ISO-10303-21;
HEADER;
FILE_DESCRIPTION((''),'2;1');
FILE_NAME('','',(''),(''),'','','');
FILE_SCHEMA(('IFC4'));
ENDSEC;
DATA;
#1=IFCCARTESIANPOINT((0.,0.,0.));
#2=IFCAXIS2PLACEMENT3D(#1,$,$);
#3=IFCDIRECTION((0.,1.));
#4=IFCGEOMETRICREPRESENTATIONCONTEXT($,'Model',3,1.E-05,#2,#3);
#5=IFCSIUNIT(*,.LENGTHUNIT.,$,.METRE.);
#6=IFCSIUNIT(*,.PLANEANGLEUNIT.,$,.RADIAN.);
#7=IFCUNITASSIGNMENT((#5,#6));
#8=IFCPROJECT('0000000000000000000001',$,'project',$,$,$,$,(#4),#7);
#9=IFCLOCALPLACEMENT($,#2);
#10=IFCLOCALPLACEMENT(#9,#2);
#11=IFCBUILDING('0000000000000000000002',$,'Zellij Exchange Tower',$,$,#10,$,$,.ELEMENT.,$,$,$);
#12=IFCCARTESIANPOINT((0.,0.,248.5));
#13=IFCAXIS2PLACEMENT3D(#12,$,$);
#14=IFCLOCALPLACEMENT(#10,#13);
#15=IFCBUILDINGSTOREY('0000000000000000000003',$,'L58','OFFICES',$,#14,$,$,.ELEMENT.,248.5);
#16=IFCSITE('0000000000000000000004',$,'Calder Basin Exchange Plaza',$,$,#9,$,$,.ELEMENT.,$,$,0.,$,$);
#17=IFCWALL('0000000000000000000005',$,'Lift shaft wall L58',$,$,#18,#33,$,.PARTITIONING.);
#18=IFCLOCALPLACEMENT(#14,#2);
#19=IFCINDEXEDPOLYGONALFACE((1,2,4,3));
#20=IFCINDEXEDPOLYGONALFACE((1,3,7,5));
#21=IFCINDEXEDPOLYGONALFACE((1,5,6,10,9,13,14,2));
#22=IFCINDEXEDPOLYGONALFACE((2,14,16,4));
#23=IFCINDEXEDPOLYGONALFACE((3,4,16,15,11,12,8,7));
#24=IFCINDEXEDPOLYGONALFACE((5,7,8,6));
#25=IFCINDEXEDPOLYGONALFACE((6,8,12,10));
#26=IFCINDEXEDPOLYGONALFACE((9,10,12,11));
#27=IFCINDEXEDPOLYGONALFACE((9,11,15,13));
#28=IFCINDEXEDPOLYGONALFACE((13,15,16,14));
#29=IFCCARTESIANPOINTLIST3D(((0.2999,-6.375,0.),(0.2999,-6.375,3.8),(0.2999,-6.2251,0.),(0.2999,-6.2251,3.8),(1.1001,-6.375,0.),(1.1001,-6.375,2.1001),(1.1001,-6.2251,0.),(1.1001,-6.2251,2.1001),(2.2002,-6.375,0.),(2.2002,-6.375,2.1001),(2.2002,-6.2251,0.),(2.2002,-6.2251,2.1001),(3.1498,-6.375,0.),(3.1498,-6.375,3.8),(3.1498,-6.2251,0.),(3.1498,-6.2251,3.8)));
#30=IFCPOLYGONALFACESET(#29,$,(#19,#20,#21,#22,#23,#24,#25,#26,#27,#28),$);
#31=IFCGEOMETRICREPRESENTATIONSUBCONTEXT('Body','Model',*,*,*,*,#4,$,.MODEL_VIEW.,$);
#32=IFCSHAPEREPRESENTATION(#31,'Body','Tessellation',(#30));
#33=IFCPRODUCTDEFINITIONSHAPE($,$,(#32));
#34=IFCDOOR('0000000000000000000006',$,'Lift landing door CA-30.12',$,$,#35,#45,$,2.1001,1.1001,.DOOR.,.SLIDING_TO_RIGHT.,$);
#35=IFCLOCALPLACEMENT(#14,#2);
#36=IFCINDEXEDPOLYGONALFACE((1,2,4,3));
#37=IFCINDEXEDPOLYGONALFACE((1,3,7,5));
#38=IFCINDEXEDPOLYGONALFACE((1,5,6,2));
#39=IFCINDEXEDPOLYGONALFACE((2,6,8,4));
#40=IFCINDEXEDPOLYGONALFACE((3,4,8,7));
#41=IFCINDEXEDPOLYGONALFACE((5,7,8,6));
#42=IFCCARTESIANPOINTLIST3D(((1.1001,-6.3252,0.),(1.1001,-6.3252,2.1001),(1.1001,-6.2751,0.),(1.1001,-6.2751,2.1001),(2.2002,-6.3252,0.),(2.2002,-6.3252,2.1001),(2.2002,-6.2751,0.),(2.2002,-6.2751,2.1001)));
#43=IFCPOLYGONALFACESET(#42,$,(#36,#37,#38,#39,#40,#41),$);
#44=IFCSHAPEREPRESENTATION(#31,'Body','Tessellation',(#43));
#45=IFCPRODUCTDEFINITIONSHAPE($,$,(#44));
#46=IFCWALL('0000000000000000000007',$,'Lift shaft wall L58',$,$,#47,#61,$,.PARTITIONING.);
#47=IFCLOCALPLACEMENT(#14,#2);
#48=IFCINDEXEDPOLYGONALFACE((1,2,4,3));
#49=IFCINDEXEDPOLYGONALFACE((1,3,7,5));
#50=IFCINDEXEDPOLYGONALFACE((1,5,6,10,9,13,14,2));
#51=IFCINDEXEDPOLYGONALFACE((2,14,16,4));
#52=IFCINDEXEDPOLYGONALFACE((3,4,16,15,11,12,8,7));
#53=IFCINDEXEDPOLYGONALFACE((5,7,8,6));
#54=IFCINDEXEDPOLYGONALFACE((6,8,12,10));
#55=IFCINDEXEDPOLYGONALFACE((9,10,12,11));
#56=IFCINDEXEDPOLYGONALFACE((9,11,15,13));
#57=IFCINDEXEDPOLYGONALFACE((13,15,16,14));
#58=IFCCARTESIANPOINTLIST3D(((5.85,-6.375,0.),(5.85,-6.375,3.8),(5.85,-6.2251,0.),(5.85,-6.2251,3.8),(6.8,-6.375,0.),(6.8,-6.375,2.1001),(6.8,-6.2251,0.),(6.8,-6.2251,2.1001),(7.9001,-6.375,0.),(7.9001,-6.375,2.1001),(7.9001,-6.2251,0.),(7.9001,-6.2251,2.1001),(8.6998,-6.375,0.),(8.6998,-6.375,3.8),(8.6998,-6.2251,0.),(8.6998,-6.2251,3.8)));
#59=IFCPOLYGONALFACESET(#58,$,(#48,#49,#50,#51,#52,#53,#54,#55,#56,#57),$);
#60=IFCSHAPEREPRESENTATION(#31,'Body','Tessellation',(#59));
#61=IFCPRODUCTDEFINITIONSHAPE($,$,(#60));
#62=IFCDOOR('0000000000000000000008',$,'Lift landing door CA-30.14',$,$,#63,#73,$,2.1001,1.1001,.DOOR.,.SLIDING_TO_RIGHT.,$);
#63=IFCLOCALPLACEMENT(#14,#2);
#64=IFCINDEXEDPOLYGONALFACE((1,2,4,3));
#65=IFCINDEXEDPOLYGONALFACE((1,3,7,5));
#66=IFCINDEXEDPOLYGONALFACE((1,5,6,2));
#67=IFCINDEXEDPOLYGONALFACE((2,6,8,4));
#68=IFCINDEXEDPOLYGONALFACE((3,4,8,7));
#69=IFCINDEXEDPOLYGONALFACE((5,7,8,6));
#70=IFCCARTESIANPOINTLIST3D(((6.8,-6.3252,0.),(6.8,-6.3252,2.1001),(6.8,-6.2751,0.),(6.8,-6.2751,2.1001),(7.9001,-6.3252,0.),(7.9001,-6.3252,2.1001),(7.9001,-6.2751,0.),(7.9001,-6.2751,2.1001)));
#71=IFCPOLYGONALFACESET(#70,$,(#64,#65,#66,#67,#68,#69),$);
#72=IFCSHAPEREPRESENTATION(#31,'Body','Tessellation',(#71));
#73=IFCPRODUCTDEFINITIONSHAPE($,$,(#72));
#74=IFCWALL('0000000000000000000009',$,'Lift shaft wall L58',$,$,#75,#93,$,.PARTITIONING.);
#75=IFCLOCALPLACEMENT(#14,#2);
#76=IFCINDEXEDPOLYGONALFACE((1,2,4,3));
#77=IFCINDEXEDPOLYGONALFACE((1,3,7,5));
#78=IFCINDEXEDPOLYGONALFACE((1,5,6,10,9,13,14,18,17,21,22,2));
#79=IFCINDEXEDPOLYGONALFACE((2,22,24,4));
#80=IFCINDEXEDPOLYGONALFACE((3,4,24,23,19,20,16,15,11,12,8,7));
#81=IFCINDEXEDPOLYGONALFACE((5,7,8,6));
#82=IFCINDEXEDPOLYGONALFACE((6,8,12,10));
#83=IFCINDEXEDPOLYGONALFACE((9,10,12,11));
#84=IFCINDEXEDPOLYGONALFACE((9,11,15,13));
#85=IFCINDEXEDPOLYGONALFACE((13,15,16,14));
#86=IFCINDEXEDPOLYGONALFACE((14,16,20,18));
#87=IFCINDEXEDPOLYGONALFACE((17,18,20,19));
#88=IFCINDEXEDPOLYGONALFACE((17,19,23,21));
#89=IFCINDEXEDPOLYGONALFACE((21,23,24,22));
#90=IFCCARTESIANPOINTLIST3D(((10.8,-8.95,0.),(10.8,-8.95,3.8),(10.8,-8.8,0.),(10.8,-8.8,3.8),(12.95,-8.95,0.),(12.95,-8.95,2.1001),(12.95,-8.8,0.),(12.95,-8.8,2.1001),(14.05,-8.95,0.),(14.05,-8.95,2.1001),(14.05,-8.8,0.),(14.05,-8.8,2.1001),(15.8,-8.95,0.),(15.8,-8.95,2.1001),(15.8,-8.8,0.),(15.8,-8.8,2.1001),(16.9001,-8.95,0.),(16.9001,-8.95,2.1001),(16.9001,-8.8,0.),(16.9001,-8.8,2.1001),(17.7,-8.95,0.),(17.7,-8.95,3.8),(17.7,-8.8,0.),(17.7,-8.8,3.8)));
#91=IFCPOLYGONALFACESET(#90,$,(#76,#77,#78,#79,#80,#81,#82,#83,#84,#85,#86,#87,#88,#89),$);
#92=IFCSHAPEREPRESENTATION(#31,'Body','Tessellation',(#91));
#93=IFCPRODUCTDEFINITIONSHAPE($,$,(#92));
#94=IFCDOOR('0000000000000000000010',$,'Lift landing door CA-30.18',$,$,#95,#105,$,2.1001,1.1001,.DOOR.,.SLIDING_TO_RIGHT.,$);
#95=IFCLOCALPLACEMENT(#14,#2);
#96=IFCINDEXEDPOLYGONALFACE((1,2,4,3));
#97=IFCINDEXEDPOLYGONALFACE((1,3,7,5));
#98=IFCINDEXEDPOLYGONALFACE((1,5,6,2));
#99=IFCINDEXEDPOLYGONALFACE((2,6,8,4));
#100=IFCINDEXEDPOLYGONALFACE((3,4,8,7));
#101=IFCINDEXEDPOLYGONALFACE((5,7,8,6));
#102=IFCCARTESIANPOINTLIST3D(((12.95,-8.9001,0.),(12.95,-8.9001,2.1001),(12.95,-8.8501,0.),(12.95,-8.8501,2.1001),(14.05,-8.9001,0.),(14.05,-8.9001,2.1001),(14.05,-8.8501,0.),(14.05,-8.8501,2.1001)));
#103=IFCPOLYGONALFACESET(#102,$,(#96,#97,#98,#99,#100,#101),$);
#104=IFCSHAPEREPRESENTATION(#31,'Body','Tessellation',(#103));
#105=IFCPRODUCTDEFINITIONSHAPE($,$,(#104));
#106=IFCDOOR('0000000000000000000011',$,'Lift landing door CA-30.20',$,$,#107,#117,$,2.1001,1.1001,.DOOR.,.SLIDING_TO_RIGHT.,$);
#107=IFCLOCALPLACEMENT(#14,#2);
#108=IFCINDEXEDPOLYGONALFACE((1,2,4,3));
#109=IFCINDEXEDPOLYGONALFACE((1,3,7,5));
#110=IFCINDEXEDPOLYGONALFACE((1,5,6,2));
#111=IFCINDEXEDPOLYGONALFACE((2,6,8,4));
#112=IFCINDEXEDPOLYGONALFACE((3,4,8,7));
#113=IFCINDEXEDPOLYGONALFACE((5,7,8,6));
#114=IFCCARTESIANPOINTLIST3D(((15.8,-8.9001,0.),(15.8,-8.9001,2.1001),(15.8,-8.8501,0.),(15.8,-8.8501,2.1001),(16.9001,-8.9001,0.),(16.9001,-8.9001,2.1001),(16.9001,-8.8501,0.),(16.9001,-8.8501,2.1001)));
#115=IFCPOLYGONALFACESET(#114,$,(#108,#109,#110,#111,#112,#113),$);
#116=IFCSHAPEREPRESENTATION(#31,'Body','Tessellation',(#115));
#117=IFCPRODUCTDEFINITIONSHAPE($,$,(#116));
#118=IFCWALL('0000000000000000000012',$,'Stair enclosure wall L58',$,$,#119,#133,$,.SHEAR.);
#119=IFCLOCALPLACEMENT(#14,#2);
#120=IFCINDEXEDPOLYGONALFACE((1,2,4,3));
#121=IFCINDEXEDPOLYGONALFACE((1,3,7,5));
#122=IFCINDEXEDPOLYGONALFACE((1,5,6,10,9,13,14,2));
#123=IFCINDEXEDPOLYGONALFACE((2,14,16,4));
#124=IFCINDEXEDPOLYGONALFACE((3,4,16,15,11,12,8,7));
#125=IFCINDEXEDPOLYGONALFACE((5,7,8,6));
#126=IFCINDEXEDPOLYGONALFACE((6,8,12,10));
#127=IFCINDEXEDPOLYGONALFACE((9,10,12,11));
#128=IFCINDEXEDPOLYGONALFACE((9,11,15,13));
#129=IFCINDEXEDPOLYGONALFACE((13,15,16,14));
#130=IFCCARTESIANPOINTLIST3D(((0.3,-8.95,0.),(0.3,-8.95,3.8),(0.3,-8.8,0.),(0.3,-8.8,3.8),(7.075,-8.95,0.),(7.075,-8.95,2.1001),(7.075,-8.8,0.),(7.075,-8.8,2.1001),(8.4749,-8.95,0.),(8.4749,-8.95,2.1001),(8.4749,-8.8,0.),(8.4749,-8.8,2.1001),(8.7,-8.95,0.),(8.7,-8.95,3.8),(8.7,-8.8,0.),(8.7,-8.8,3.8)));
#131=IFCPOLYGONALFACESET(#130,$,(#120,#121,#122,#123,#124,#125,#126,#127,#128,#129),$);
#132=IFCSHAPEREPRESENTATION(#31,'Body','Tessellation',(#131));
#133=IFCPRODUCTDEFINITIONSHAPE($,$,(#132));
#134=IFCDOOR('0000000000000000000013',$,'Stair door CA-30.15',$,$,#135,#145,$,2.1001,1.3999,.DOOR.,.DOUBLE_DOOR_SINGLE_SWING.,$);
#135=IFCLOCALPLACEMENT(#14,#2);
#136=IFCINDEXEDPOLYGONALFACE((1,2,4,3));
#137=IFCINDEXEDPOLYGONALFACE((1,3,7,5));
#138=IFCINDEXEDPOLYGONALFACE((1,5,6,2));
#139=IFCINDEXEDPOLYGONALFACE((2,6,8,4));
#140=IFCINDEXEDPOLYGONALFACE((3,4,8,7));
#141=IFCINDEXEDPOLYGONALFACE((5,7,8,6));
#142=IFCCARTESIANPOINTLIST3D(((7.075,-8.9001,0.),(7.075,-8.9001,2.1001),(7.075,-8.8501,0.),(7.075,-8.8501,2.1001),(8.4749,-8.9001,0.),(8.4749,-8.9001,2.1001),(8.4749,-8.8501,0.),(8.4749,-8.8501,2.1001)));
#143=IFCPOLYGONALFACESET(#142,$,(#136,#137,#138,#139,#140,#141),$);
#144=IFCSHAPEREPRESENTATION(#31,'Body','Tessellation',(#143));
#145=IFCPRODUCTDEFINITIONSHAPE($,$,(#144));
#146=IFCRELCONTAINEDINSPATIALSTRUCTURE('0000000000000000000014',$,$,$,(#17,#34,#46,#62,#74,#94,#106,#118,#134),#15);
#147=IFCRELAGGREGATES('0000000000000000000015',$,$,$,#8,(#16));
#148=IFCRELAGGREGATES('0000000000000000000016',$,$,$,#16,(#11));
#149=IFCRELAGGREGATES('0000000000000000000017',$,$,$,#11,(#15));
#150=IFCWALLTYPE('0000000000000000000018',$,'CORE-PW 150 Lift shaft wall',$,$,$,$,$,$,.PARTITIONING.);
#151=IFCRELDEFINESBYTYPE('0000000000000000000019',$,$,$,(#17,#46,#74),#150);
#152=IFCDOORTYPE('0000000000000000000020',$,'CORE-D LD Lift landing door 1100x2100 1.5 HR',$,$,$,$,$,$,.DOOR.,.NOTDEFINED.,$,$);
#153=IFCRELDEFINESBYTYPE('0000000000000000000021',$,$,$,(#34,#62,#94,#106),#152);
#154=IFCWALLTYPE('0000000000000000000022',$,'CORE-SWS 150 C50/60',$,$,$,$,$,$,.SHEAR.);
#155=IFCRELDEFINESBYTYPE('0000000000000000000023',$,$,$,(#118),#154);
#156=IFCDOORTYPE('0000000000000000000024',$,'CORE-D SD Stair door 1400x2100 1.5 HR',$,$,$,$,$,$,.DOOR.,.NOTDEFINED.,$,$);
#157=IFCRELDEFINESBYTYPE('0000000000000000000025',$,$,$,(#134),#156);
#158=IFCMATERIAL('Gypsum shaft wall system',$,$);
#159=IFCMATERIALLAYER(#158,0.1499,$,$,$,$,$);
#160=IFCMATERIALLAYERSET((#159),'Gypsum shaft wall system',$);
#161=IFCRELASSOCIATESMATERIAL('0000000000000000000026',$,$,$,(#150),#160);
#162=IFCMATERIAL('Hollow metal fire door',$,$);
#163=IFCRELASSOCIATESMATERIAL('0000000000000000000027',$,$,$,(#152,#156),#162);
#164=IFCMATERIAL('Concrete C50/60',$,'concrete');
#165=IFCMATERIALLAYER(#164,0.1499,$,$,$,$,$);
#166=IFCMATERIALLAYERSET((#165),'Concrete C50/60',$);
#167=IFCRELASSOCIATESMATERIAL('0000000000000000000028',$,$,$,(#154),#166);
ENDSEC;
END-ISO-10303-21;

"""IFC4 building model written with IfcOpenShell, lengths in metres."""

from ifc_helpers import new_model, si_unit, direction, frame, frame_2d, origin, place, context, subcontext, project, spatial, rectangle, extrude, material, layer, layer_set, type_object, element, fill, save


model = new_model("IFC4")

# Units and contexts
model_context = context("Model", 3, precision=1e-05, world=origin(), true_north=direction((0.0, 1.0)))
body_context = subcontext(model_context, "Body", "Model", "MODEL_VIEW")
ifc_project = project(units=[si_unit("LENGTHUNIT", "METRE"), si_unit("PLANEANGLEUNIT", "RADIAN")], contexts=[model_context])

# Site, building, storey
site_placement = place(None, origin())
site = spatial("IfcSite", under=ifc_project, at=site_placement, Name="Calder Basin Exchange Plaza", CompositionType="ELEMENT", RefElevation=0.0)
building_placement = place(site_placement, origin())
building = spatial("IfcBuilding", under=site, at=building_placement, Name="Zellij Exchange Tower", CompositionType="ELEMENT")
storey_placement = place(building_placement, frame((0.0, 0.0, 248.5)))
storey = spatial("IfcBuildingStorey", under=building, at=storey_placement, Name="L58", Description="OFFICES", CompositionType="ELEMENT", Elevation=248.5)

# Shared definitions
ifc_material_1 = material(Name="Concrete C50/60", Category="concrete")

# Shared definitions
ifc_material_2 = material(Name="Gypsum shaft wall system")
ifc_material_3 = material(Name="Hollow metal fire door")

# Shared definitions
ifc_layer_1 = layer(ifc_material_2, 0.1499)
ifc_layer_set_1 = layer_set([ifc_layer_1], Name="Gypsum shaft wall system")
wall_type_1 = type_object("IfcWallType", Name="CORE-PW 150 Lift shaft wall", PredefinedType="PARTITIONING", material=ifc_layer_set_1)

# Walls, openings, doors
wall_1_placement = place(storey_placement, frame((0.3, -6.3, 0.0), z_axis=(0.0, 0.0, 1.0), x_axis=(1.0, 0.0, 0.0)))
wall_1 = element("IfcWall", 1, at=wall_1_placement, inside=storey, type_object=wall_type_1, Name="Lift shaft wall L58", PredefinedType="PARTITIONING", context=body_context, shape_type="SweptSolid", body=[
    extrude(rectangle(XDim=2.8499, YDim=0.1499, at=frame_2d((1.4248, 0.0))), origin(), (0.0, 0.0, 1.0), 3.8),
])
opening_1_placement = place(wall_1_placement, frame((0.8, 0.0, 0.0)))
opening_1 = element("IfcOpeningElement", 2, at=opening_1_placement, cuts=wall_1, PredefinedType="OPENING", context=body_context, shape_type="SweptSolid", body=[
    extrude(rectangle(XDim=1.1001, YDim=2.1001, at=frame_2d((0.55, 1.05))), frame((0.0, 0.0869, 0.0), z_axis=(0.0, -1.0, 0.0), x_axis=(1.0, 0.0, 0.0)), (0.0, 0.0, 1.0), 0.1738),
])
door_type_1 = type_object("IfcDoorType", Name="CORE-D LD Lift landing door 1100x2100 1.5 HR", OperationType="NOTDEFINED", PredefinedType="DOOR", material=ifc_material_3)
door_1_placement = place(opening_1_placement, origin())
door_1 = element("IfcDoor", 3, at=door_1_placement, inside=storey, type_object=door_type_1, Name="Lift landing door CA-30.12", OperationType="SLIDING_TO_RIGHT", OverallHeight=2.1001, OverallWidth=1.1001, PredefinedType="DOOR", context=body_context, shape_type="SweptSolid", body=[
    extrude(rectangle(XDim=1.1001, YDim=2.1001, at=frame_2d((0.55, 1.05))), frame((0.0, 0.0249, 0.0), z_axis=(0.0, -1.0, 0.0), x_axis=(1.0, 0.0, 0.0)), (0.0, 0.0, 1.0), 0.05),
])
fill(opening_1, door_1)
wall_2_placement = place(storey_placement, frame((5.8501, -6.3, 0.0), z_axis=(0.0, 0.0, 1.0), x_axis=(1.0, 0.0, 0.0)))
wall_2 = element("IfcWall", 4, at=wall_2_placement, inside=storey, type_object=wall_type_1, Name="Lift shaft wall L58", PredefinedType="PARTITIONING", context=body_context, shape_type="SweptSolid", body=[
    extrude(rectangle(XDim=2.8499, YDim=0.1499, at=frame_2d((1.4248, 0.0))), origin(), (0.0, 0.0, 1.0), 3.8),
])
opening_2_placement = place(wall_2_placement, frame((0.95, 0.0, 0.0)))
opening_2 = element("IfcOpeningElement", 5, at=opening_2_placement, cuts=wall_2, PredefinedType="OPENING", context=body_context, shape_type="SweptSolid", body=[
    extrude(rectangle(XDim=1.1001, YDim=2.1001, at=frame_2d((0.55, 1.05))), frame((0.0, 0.0869, 0.0), z_axis=(0.0, -1.0, 0.0), x_axis=(1.0, 0.0, 0.0)), (0.0, 0.0, 1.0), 0.1738),
])
door_2_placement = place(opening_2_placement, origin())
door_2 = element("IfcDoor", 6, at=door_2_placement, inside=storey, type_object=door_type_1, Name="Lift landing door CA-30.14", OperationType="SLIDING_TO_RIGHT", OverallHeight=2.1001, OverallWidth=1.1001, PredefinedType="DOOR", context=body_context, shape_type="SweptSolid", body=[
    extrude(rectangle(XDim=1.1001, YDim=2.1001, at=frame_2d((0.55, 1.05))), frame((0.0, 0.0249, 0.0), z_axis=(0.0, -1.0, 0.0), x_axis=(1.0, 0.0, 0.0)), (0.0, 0.0, 1.0), 0.05),
])
fill(opening_2, door_2)

# Wall, openings, doors
wall_3_placement = place(storey_placement, frame((10.8, -8.875, 0.0), z_axis=(0.0, 0.0, 1.0), x_axis=(1.0, 0.0, 0.0)))
wall_3 = element("IfcWall", 7, at=wall_3_placement, inside=storey, type_object=wall_type_1, Name="Lift shaft wall L58", PredefinedType="PARTITIONING", context=body_context, shape_type="SweptSolid", body=[
    extrude(rectangle(XDim=6.8999, YDim=0.1499, at=frame_2d((3.45, 0.0))), origin(), (0.0, 0.0, 1.0), 3.8),
])
opening_3_placement = place(wall_3_placement, frame((2.1499, 0.0, 0.0)))
opening_3 = element("IfcOpeningElement", 8, at=opening_3_placement, cuts=wall_3, PredefinedType="OPENING", context=body_context, shape_type="SweptSolid", body=[
    extrude(rectangle(XDim=1.1001, YDim=2.1001, at=frame_2d((0.55, 1.05))), frame((0.0, 0.0869, 0.0), z_axis=(0.0, -1.0, 0.0), x_axis=(1.0, 0.0, 0.0)), (0.0, 0.0, 1.0), 0.1738),
])
opening_4_placement = place(wall_3_placement, frame((5.0, 0.0, 0.0)))
opening_4 = element("IfcOpeningElement", 9, at=opening_4_placement, cuts=wall_3, PredefinedType="OPENING", context=body_context, shape_type="SweptSolid", body=[
    extrude(rectangle(XDim=1.1001, YDim=2.1001, at=frame_2d((0.55, 1.05))), frame((0.0, 0.0869, 0.0), z_axis=(0.0, -1.0, 0.0), x_axis=(1.0, 0.0, 0.0)), (0.0, 0.0, 1.0), 0.1738),
])
door_3_placement = place(opening_3_placement, origin())
door_3 = element("IfcDoor", 10, at=door_3_placement, inside=storey, type_object=door_type_1, Name="Lift landing door CA-30.18", OperationType="SLIDING_TO_RIGHT", OverallHeight=2.1001, OverallWidth=1.1001, PredefinedType="DOOR", context=body_context, shape_type="SweptSolid", body=[
    extrude(rectangle(XDim=1.1001, YDim=2.1001, at=frame_2d((0.55, 1.05))), frame((0.0, 0.0249, 0.0), z_axis=(0.0, -1.0, 0.0), x_axis=(1.0, 0.0, 0.0)), (0.0, 0.0, 1.0), 0.05),
])
fill(opening_3, door_3)
door_4_placement = place(opening_4_placement, origin())
door_4 = element("IfcDoor", 11, at=door_4_placement, inside=storey, type_object=door_type_1, Name="Lift landing door CA-30.20", OperationType="SLIDING_TO_RIGHT", OverallHeight=2.1001, OverallWidth=1.1001, PredefinedType="DOOR", context=body_context, shape_type="SweptSolid", body=[
    extrude(rectangle(XDim=1.1001, YDim=2.1001, at=frame_2d((0.55, 1.05))), frame((0.0, 0.0249, 0.0), z_axis=(0.0, -1.0, 0.0), x_axis=(1.0, 0.0, 0.0)), (0.0, 0.0, 1.0), 0.05),
])
fill(opening_4, door_4)

# Wall, opening, door
ifc_layer_2 = layer(ifc_material_1, 0.1499)
ifc_layer_set_2 = layer_set([ifc_layer_2], Name="Concrete C50/60")
wall_type_2 = type_object("IfcWallType", Name="CORE-SWS 150 C50/60", PredefinedType="SHEAR", material=ifc_layer_set_2)
wall_4_placement = place(storey_placement, frame((0.3, -8.875, 0.0), z_axis=(0.0, 0.0, 1.0), x_axis=(1.0, 0.0, 0.0)))
wall_4 = element("IfcWall", 12, at=wall_4_placement, inside=storey, type_object=wall_type_2, Name="Stair enclosure wall L58", PredefinedType="SHEAR", context=body_context, shape_type="SweptSolid", body=[
    extrude(rectangle(XDim=8.3999, YDim=0.1499, at=frame_2d((4.2, 0.0))), origin(), (0.0, 0.0, 1.0), 3.8),
])
opening_5_placement = place(wall_4_placement, frame((6.7749, 0.0, 0.0)))
opening_5 = element("IfcOpeningElement", 13, at=opening_5_placement, cuts=wall_4, PredefinedType="OPENING", context=body_context, shape_type="SweptSolid", body=[
    extrude(rectangle(XDim=1.3999, YDim=2.1001, at=frame_2d((0.7, 1.05))), frame((0.0, 0.0869, 0.0), z_axis=(0.0, -1.0, 0.0), x_axis=(1.0, 0.0, 0.0)), (0.0, 0.0, 1.0), 0.1738),
])
door_type_2 = type_object("IfcDoorType", Name="CORE-D SD Stair door 1400x2100 1.5 HR", OperationType="NOTDEFINED", PredefinedType="DOOR", material=ifc_material_3)
door_5_placement = place(opening_5_placement, origin())
door_5 = element("IfcDoor", 14, at=door_5_placement, inside=storey, type_object=door_type_2, Name="Stair door CA-30.15", OperationType="DOUBLE_DOOR_SINGLE_SWING", OverallHeight=2.1001, OverallWidth=1.3999, PredefinedType="DOOR", context=body_context, shape_type="SweptSolid", body=[
    extrude(rectangle(XDim=1.3999, YDim=2.1001, at=frame_2d((0.7, 1.05))), frame((0.0, 0.0249, 0.0), z_axis=(0.0, -1.0, 0.0), x_axis=(1.0, 0.0, 0.0)), (0.0, 0.0, 1.0), 0.05),
])
fill(opening_5, door_5)

save(model, "model.ifc")
